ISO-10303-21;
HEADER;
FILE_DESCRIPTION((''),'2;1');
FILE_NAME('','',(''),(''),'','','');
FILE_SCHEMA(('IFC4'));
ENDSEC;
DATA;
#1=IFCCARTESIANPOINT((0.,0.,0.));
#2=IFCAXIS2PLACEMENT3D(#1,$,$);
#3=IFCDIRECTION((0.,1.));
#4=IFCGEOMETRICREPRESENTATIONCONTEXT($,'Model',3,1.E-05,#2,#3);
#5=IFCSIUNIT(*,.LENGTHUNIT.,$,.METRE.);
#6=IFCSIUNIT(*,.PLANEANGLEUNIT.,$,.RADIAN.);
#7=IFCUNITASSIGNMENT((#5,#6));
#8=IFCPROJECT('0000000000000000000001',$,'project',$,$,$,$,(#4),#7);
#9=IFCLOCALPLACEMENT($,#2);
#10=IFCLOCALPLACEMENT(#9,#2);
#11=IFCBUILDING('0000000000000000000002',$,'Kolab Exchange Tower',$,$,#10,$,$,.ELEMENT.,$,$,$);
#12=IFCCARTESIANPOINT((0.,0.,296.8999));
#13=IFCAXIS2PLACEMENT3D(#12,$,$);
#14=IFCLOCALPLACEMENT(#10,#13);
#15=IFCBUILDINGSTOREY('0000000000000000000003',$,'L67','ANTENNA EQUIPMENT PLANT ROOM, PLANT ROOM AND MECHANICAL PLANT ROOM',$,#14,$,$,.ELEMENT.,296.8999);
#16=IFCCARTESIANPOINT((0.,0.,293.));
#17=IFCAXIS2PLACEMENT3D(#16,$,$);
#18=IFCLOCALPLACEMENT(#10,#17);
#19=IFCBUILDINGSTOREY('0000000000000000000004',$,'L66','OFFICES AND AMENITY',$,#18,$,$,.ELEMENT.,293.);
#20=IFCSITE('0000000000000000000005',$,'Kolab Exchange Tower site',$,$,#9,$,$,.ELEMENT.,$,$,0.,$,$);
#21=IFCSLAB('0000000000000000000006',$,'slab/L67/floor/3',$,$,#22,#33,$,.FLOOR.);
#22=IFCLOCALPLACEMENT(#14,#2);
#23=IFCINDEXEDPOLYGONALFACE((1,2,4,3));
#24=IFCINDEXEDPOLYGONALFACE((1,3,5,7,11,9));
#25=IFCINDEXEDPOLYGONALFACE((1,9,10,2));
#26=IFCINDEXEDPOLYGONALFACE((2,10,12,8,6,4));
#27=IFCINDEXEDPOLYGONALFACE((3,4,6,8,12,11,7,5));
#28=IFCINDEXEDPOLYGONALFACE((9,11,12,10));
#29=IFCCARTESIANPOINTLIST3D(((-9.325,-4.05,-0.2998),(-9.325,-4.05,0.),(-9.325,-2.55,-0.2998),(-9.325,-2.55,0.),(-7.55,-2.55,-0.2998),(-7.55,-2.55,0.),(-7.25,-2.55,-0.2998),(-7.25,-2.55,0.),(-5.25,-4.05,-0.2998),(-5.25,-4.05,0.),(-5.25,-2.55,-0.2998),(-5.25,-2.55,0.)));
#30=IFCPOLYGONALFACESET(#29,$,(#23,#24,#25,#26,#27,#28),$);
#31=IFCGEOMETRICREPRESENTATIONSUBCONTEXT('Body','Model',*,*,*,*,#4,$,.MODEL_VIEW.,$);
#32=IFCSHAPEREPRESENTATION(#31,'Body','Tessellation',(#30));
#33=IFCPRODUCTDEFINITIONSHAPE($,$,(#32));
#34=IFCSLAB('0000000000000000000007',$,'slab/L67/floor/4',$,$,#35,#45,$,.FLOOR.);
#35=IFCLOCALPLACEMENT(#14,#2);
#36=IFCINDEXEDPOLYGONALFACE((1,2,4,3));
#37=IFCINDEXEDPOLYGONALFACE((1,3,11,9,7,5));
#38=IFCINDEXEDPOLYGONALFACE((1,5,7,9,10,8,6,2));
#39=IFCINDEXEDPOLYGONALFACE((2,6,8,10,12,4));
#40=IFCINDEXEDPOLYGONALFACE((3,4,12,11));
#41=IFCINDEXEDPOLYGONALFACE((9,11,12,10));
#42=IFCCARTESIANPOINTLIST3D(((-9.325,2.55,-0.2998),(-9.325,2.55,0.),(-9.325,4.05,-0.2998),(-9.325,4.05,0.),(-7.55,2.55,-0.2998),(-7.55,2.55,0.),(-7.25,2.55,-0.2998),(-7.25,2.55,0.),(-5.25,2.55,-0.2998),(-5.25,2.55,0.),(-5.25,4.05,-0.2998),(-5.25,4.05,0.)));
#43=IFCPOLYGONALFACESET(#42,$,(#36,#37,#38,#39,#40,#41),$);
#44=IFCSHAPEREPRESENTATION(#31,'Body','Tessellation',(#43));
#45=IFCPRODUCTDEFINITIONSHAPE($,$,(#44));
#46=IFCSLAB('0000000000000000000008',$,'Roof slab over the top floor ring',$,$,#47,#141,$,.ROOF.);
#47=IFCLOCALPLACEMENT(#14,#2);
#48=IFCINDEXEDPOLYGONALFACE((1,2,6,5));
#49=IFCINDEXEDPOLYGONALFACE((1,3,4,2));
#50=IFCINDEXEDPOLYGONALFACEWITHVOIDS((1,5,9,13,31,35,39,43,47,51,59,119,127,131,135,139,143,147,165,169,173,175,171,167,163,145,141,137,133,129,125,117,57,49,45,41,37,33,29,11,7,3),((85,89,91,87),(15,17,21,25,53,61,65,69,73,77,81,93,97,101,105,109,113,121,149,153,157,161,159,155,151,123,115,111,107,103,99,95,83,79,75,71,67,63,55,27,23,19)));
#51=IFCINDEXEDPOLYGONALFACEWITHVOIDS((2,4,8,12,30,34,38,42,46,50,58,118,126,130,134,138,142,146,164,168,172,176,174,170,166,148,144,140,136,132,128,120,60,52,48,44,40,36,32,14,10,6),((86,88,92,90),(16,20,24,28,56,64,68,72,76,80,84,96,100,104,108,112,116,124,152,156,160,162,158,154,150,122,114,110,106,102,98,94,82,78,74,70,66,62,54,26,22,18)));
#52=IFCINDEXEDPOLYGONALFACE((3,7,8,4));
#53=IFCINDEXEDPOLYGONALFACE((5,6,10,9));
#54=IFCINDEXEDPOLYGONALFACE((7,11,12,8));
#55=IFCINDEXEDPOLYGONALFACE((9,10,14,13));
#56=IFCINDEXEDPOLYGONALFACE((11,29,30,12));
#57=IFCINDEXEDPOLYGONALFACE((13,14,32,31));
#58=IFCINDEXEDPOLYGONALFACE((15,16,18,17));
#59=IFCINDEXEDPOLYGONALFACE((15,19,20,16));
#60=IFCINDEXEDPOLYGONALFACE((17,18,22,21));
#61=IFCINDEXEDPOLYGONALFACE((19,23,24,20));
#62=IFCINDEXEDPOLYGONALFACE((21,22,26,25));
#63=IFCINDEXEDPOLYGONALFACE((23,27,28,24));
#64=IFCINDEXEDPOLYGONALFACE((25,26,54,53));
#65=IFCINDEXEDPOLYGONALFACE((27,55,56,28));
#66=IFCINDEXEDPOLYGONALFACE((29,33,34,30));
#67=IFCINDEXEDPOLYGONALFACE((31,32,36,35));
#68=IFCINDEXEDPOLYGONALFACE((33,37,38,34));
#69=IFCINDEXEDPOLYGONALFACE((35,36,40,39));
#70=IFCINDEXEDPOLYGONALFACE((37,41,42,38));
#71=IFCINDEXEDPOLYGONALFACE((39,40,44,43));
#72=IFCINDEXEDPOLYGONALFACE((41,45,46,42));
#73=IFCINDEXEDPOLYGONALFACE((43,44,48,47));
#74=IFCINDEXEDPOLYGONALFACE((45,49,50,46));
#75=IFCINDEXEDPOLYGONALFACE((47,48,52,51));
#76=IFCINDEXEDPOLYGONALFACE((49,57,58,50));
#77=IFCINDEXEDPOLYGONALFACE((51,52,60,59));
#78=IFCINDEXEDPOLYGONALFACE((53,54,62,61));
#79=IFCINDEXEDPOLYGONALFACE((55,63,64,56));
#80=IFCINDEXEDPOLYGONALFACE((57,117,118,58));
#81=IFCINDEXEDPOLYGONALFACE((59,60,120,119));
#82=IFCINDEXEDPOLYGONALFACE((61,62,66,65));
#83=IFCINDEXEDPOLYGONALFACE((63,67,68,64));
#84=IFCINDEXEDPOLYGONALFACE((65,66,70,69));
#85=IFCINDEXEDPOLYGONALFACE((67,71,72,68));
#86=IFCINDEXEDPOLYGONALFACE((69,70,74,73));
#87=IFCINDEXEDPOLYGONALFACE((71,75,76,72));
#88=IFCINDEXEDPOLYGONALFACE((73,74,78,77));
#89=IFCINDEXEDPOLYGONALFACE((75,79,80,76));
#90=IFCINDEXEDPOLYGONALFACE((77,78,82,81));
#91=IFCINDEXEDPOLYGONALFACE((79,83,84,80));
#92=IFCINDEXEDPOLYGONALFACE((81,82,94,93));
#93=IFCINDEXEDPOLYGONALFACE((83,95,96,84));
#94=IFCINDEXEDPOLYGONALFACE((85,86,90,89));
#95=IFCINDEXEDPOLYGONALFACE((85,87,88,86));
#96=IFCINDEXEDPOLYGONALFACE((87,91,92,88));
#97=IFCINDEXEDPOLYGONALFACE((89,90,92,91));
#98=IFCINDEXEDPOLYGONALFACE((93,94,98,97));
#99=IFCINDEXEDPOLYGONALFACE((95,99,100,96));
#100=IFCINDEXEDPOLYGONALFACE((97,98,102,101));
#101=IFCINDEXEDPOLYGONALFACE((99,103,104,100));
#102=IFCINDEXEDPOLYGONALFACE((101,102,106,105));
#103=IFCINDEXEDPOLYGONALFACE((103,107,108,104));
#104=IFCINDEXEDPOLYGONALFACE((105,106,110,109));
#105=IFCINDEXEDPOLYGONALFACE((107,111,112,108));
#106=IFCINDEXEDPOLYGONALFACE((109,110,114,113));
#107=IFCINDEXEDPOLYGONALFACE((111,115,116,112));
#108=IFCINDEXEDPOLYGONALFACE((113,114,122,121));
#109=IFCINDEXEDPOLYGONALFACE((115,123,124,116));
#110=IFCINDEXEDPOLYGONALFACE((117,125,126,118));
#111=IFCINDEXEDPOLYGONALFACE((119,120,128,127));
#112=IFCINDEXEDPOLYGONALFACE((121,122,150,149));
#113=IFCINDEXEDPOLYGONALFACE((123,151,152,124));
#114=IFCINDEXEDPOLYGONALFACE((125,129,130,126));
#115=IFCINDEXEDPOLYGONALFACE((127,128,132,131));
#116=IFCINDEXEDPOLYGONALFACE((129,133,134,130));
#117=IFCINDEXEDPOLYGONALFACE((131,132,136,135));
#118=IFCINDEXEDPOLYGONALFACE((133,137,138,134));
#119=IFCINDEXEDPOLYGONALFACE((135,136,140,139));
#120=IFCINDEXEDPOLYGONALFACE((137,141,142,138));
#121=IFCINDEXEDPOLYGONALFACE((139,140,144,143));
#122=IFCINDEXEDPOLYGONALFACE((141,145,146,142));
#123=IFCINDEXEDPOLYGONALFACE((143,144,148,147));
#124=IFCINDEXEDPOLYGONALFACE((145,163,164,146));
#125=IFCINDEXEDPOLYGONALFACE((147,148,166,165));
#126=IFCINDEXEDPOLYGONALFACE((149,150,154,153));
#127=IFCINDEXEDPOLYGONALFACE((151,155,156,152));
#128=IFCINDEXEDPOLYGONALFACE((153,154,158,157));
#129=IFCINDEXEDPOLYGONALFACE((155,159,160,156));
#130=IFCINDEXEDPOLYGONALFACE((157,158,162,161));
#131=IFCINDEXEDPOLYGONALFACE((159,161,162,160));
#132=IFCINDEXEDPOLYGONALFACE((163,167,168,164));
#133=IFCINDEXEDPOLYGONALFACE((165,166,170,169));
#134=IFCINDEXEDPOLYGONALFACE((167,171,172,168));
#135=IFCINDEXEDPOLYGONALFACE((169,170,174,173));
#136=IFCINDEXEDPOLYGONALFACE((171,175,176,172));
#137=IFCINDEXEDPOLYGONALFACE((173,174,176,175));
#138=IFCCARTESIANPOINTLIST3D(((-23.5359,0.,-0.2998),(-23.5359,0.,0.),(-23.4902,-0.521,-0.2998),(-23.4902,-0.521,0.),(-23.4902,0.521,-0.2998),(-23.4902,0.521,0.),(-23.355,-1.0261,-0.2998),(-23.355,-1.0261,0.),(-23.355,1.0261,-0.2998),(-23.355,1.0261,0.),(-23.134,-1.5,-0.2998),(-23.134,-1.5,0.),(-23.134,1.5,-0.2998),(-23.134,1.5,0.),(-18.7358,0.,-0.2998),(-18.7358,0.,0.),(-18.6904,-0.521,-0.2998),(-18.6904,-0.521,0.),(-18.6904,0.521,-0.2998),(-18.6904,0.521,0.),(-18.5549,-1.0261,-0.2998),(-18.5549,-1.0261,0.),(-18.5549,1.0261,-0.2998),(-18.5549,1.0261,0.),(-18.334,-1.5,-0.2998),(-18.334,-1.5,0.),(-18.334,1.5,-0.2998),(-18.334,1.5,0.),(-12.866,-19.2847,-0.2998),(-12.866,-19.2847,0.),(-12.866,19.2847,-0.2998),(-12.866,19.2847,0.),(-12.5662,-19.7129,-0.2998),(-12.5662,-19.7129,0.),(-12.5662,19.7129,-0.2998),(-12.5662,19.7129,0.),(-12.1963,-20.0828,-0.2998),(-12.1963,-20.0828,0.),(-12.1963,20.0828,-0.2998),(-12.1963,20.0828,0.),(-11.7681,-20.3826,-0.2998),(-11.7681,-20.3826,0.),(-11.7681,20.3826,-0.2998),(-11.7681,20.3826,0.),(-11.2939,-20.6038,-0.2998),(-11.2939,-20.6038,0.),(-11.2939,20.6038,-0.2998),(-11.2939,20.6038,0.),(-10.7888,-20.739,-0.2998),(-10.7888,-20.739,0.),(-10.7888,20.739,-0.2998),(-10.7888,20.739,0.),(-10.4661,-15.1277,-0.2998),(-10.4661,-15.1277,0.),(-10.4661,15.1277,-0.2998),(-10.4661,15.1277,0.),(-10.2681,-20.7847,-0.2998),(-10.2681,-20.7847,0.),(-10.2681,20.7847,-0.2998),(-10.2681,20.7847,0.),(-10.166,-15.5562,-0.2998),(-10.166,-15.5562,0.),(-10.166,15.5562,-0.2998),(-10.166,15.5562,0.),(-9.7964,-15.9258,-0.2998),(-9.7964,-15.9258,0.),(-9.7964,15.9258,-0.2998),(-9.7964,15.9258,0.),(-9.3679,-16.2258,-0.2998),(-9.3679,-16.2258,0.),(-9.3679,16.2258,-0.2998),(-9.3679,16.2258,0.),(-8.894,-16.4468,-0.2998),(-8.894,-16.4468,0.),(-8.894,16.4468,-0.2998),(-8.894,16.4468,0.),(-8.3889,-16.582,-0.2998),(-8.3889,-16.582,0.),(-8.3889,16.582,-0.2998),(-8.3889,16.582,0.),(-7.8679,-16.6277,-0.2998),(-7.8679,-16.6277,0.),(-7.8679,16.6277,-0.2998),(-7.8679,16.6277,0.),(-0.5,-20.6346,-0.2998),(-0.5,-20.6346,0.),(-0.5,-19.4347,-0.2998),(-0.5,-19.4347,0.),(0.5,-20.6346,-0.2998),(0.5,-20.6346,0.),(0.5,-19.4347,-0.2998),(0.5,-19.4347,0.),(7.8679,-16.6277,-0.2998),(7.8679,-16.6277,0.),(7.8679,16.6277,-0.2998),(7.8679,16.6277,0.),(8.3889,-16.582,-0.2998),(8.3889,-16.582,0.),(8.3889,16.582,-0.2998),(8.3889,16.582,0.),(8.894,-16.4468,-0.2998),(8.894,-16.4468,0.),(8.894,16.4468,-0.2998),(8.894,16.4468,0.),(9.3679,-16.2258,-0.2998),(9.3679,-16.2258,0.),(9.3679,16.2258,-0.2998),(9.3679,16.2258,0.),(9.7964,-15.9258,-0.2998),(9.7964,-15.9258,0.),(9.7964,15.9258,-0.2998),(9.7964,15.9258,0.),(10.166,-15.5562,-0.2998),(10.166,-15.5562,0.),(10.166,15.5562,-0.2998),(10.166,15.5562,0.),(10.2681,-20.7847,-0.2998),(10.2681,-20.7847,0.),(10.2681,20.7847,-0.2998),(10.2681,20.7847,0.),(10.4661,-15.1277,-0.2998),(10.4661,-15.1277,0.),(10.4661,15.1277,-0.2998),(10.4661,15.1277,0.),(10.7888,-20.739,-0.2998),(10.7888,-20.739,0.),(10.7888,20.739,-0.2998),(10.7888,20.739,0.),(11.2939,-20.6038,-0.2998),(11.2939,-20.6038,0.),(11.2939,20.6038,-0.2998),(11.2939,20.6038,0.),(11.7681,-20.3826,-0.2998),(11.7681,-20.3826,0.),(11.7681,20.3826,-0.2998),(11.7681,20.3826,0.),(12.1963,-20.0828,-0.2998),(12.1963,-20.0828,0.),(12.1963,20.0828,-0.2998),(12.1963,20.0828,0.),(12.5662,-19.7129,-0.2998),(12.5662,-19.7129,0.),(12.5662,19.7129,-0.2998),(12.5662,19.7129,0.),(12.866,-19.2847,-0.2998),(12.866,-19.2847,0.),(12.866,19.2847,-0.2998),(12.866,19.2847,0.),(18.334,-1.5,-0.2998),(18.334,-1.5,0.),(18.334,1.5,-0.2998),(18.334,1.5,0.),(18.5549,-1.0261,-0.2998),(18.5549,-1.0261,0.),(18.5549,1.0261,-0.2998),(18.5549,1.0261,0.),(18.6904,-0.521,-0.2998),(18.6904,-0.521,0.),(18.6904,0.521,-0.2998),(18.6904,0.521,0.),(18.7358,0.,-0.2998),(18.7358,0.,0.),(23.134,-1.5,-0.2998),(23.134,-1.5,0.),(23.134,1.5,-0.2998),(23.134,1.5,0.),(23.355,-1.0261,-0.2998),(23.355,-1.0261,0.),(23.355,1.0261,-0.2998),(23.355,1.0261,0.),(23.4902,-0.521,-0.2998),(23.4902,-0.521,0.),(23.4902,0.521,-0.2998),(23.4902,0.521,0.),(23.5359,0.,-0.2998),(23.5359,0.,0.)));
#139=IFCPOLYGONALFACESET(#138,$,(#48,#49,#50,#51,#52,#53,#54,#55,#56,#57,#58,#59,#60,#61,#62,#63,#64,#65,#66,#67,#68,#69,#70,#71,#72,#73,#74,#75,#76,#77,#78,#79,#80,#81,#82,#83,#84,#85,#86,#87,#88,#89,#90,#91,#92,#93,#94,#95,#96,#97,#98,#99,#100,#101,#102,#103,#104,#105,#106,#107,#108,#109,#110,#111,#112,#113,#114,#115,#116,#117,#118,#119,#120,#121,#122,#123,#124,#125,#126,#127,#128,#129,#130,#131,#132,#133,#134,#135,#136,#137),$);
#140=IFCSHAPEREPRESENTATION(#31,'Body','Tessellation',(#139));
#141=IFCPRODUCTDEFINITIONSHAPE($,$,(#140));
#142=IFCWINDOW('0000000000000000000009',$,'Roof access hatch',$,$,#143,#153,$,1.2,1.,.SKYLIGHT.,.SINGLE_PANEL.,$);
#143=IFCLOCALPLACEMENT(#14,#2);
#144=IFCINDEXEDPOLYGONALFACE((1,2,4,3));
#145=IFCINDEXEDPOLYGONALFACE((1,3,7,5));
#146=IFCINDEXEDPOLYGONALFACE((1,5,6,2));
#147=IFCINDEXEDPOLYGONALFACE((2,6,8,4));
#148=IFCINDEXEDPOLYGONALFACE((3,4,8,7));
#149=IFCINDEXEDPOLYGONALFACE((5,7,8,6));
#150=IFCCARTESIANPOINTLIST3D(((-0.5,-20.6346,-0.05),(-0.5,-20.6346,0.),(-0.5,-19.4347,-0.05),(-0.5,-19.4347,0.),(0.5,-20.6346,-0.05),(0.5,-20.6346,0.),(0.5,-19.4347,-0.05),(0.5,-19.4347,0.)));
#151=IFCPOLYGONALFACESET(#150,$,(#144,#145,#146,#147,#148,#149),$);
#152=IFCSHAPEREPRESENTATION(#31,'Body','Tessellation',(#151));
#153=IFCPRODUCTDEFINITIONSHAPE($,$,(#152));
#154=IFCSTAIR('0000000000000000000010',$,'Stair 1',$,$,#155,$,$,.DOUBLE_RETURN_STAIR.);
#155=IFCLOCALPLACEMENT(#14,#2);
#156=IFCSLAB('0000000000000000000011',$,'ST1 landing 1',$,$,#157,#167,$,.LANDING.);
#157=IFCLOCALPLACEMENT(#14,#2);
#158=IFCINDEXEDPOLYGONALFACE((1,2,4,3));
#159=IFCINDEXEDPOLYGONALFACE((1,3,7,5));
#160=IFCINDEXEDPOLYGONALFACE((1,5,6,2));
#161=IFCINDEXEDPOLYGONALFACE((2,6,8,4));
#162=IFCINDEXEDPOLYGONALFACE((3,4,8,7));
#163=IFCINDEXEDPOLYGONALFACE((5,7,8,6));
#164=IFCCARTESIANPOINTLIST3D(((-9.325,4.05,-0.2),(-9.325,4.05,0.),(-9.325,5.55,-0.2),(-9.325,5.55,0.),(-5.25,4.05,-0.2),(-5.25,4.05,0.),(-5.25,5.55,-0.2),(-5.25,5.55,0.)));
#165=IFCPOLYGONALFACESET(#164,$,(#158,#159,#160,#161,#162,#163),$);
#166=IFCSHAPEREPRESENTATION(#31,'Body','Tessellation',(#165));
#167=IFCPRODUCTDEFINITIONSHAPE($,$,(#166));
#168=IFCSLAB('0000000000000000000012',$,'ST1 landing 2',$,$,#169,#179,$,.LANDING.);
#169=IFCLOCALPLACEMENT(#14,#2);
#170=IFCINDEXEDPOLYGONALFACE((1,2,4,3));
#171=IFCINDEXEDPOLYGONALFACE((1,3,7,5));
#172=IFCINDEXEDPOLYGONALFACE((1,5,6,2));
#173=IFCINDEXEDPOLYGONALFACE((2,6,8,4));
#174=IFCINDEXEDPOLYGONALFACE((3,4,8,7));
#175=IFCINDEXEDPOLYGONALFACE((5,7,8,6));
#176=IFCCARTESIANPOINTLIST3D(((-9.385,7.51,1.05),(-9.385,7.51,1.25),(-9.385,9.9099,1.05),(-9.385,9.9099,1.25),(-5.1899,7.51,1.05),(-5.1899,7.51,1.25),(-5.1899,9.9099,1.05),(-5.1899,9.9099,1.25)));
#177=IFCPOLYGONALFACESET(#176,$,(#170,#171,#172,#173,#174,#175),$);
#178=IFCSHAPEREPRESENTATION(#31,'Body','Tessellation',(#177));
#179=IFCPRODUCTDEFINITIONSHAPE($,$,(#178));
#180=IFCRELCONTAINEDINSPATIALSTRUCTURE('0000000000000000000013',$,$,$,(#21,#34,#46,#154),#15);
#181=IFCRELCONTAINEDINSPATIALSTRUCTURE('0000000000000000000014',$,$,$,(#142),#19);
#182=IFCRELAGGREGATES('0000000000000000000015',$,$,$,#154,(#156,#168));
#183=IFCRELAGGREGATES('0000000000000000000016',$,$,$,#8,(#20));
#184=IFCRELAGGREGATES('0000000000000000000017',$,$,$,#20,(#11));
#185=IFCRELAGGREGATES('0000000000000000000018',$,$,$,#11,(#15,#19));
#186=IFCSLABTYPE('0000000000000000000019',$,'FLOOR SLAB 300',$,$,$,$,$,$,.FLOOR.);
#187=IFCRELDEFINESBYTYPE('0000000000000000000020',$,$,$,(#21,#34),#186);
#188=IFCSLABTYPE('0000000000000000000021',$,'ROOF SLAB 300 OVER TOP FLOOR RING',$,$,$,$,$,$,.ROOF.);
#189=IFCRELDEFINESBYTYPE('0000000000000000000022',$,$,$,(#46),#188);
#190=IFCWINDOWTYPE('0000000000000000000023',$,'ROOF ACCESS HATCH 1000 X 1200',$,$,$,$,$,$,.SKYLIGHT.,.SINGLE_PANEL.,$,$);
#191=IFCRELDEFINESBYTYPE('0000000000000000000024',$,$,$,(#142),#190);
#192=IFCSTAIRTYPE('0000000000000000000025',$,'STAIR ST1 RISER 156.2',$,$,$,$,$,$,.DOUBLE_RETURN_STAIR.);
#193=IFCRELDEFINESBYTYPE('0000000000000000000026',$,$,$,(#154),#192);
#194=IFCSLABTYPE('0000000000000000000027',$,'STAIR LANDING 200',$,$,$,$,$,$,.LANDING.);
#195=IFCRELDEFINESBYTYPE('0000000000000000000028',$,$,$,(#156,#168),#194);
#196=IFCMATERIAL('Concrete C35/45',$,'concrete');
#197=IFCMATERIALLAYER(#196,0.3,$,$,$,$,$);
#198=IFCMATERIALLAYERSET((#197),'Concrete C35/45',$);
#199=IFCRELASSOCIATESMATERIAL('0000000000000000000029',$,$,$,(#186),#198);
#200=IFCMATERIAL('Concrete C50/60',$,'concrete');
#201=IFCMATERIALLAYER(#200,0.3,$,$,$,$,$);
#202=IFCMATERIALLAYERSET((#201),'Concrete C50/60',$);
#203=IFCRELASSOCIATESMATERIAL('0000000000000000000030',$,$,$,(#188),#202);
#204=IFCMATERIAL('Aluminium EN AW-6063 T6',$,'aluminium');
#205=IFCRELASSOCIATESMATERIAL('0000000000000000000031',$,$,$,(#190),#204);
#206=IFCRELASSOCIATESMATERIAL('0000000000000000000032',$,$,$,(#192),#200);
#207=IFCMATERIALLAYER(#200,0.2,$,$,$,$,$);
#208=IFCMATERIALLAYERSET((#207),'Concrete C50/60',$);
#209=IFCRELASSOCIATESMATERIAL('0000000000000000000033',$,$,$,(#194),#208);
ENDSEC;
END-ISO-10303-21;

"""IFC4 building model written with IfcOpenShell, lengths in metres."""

from ifc_helpers import new_model, si_unit, direction, frame, origin, origin_2d, place, context, subcontext, project, spatial, polyline, rectangle, outline, extrude, material, layer, layer_set, type_object, element, fill, aggregate, save


model = new_model("IFC4")

# Units and contexts
model_context = context("Model", 3, precision=1e-05, world=origin(), true_north=direction((0.0, 1.0)))
body_context = subcontext(model_context, "Body", "Model", "MODEL_VIEW")
ifc_project = project(units=[si_unit("LENGTHUNIT", "METRE"), si_unit("PLANEANGLEUNIT", "RADIAN")], contexts=[model_context])

# Site, building, storey
site_placement = place(None, origin())
site = spatial("IfcSite", under=ifc_project, at=site_placement, Name="Kolab Exchange Tower site", CompositionType="ELEMENT", RefElevation=0.0)
building_placement = place(site_placement, origin())
building = spatial("IfcBuilding", under=site, at=building_placement, Name="Kolab Exchange Tower", CompositionType="ELEMENT")
storey_1_placement = place(building_placement, frame((0.0, 0.0, 296.8999)))
storey_1 = spatial("IfcBuildingStorey", under=building, at=storey_1_placement, Name="L67", Description="ANTENNA EQUIPMENT PLANT ROOM, PLANT ROOM AND MECHANICAL PLANT ROOM", CompositionType="ELEMENT", Elevation=296.8999)

# Slabs
ifc_material_1 = material(Name="Concrete C35/45", Category="concrete")
ifc_layer_1 = layer(ifc_material_1, 0.3)
ifc_layer_set_1 = layer_set([ifc_layer_1], Name="Concrete C35/45")
slab_type_1 = type_object("IfcSlabType", Name="FLOOR SLAB 300", PredefinedType="FLOOR", material=ifc_layer_set_1)
slab_1_placement = place(storey_1_placement, frame((0.0, 0.0, -0.2998)))
element("IfcSlab", 1, at=slab_1_placement, inside=storey_1, type_object=slab_type_1, Name="slab/L67/floor/3", PredefinedType="FLOOR", context=body_context, shape_type="SweptSolid", body=[
    extrude(outline(polyline([(-7.55, -2.55), (-9.325, -2.55), (-9.325, -4.05), (-5.25, -4.05), (-5.25, -2.55), (-7.25, -2.55), (-7.55, -2.55)])), origin(), (0.0, 0.0, 1.0), 0.2998),
])
slab_2_placement = place(storey_1_placement, frame((0.0, 0.0, -0.2998)))
element("IfcSlab", 2, at=slab_2_placement, inside=storey_1, type_object=slab_type_1, Name="slab/L67/floor/4", PredefinedType="FLOOR", context=body_context, shape_type="SweptSolid", body=[
    extrude(outline(polyline([(-9.325, 4.05), (-9.325, 2.55), (-7.55, 2.55), (-7.25, 2.55), (-5.25, 2.55), (-5.25, 4.05), (-9.325, 4.05)])), origin(), (0.0, 0.0, 1.0), 0.2998),
])

# Slab, opening
ifc_material_2 = material(Name="Concrete C50/60", Category="concrete")
ifc_layer_2 = layer(ifc_material_2, 0.3)
ifc_layer_set_2 = layer_set([ifc_layer_2], Name="Concrete C50/60")
slab_type_2 = type_object("IfcSlabType", Name="ROOF SLAB 300 OVER TOP FLOOR RING", PredefinedType="ROOF", material=ifc_layer_set_2)
slab_3_placement = place(storey_1_placement, frame((0.0, 0.0, -0.2998)))
slab_3 = element("IfcSlab", 3, at=slab_3_placement, inside=storey_1, type_object=slab_type_2, Name="Roof slab over the top floor ring", PredefinedType="ROOF", context=body_context, shape_type="SweptSolid", body=[
    extrude(outline(polyline([(12.866, -19.2847), (12.5662, -19.7129), (12.1963, -20.0828), (11.7681, -20.3826), (11.2939, -20.6038), (10.7888, -20.739), (10.2681, -20.7847), (-10.2681, -20.7847), (-10.7888, -20.739), (-11.2939, -20.6038), (-11.7681, -20.3826), (-12.1963, -20.0828), (-12.5662, -19.7129), (-12.866, -19.2847), (-23.134, -1.5), (-23.355, -1.0261), (-23.4902, -0.521), (-23.5359, 0.0), (-23.4902, 0.521), (-23.355, 1.0261), (-23.134, 1.5), (-12.866, 19.2847), (-12.5662, 19.7129), (-12.1963, 20.0828), (-11.7681, 20.3826), (-11.2939, 20.6038), (-10.7888, 20.739), (-10.2681, 20.7847), (10.2681, 20.7847), (10.7888, 20.739), (11.2939, 20.6038), (11.7681, 20.3826), (12.1963, 20.0828), (12.5662, 19.7129), (12.866, 19.2847), (23.134, 1.5), (23.355, 1.0261), (23.4902, 0.521), (23.5359, 0.0), (23.4902, -0.521), (23.355, -1.0261), (23.134, -1.5), (12.866, -19.2847)]), holes=[polyline([(18.5549, -1.0261), (18.6904, -0.521), (18.7358, 0.0), (18.6904, 0.521), (18.5549, 1.0261), (18.334, 1.5), (10.4661, 15.1277), (10.166, 15.5562), (9.7964, 15.9258), (9.3679, 16.2258), (8.894, 16.4468), (8.3889, 16.582), (7.8679, 16.6277), (-7.8679, 16.6277), (-8.3889, 16.582), (-8.894, 16.4468), (-9.3679, 16.2258), (-9.7964, 15.9258), (-10.166, 15.5562), (-10.4661, 15.1277), (-18.334, 1.5), (-18.5549, 1.0261), (-18.6904, 0.521), (-18.7358, 0.0), (-18.6904, -0.521), (-18.5549, -1.0261), (-18.334, -1.5), (-10.4661, -15.1277), (-10.166, -15.5562), (-9.7964, -15.9258), (-9.3679, -16.2258), (-8.894, -16.4468), (-8.3889, -16.582), (-7.8679, -16.6277), (7.8679, -16.6277), (8.3889, -16.582), (8.894, -16.4468), (9.3679, -16.2258), (9.7964, -15.9258), (10.166, -15.5562), (10.4661, -15.1277), (18.334, -1.5), (18.5549, -1.0261)])]), origin(), (0.0, 0.0, 1.0), 0.2998),
])
opening_placement = place(slab_3_placement, frame((0.0, -20.0347, 0.0)))
opening = element("IfcOpeningElement", 4, at=opening_placement, cuts=slab_3, PredefinedType="OPENING", context=body_context, shape_type="SweptSolid", body=[
    extrude(rectangle(XDim=1.0, YDim=1.2, at=origin_2d()), origin(), (0.0, 0.0, 1.0), 0.2998),
])

# Shared definitions
storey_2_placement = place(building_placement, frame((0.0, 0.0, 293.0)))
storey_2 = spatial("IfcBuildingStorey", under=building, at=storey_2_placement, Name="L66", Description="OFFICES AND AMENITY", CompositionType="ELEMENT", Elevation=293.0)

# Window
ifc_material_3 = material(Name="Aluminium EN AW-6063 T6", Category="aluminium")
window_type = type_object("IfcWindowType", Name="ROOF ACCESS HATCH 1000 X 1200", PartitioningType="SINGLE_PANEL", PredefinedType="SKYLIGHT", material=ifc_material_3)
window_placement = place(opening_placement, frame((0.0, 0.0, 0.2498)))
window = element("IfcWindow", 5, at=window_placement, inside=storey_2, type_object=window_type, Name="Roof access hatch", OverallHeight=1.2, OverallWidth=1.0, PartitioningType="SINGLE_PANEL", PredefinedType="SKYLIGHT", context=body_context, shape_type="SweptSolid", body=[
    extrude(rectangle(XDim=1.0, YDim=1.2, at=origin_2d()), origin(), (0.0, 0.0, 1.0), 0.05),
])
fill(opening, window)

# Stair, slabs
stair_type_1 = type_object("IfcStairType", Name="STAIR ST1 RISER 156.2", PredefinedType="DOUBLE_RETURN_STAIR", material=ifc_material_2)
stair_1_placement = place(storey_1_placement, origin())
stair_1 = element("IfcStair", 6, at=stair_1_placement, inside=storey_1, type_object=stair_type_1, Name="Stair 1", PredefinedType="DOUBLE_RETURN_STAIR")
ifc_layer_3 = layer(ifc_material_2, 0.2)
ifc_layer_set_3 = layer_set([ifc_layer_3], Name="Concrete C50/60")
slab_type_3 = type_object("IfcSlabType", Name="STAIR LANDING 200", PredefinedType="LANDING", material=ifc_layer_set_3)
slab_4_placement = place(storey_1_placement, frame((0.0, 0.0, -0.2)))
slab_4 = element("IfcSlab", 7, at=slab_4_placement, type_object=slab_type_3, Name="ST1 landing 1", PredefinedType="LANDING", context=body_context, shape_type="SweptSolid", body=[
    extrude(outline(polyline([(-9.325, 4.05), (-5.25, 4.05), (-5.25, 5.55), (-9.325, 5.55), (-9.325, 4.05)])), origin(), (0.0, 0.0, 1.0), 0.2),
])
slab_5_placement = place(storey_1_placement, frame((0.0, 0.0, 1.05)))
slab_5 = element("IfcSlab", 8, at=slab_5_placement, type_object=slab_type_3, Name="ST1 landing 2", PredefinedType="LANDING", context=body_context, shape_type="SweptSolid", body=[
    extrude(outline(polyline([(-9.385, 7.51), (-5.1899, 7.51), (-5.1899, 9.9099), (-9.385, 9.9099), (-9.385, 7.51)])), origin(), (0.0, 0.0, 1.0), 0.2),
])
aggregate(stair_1, [slab_4, slab_5])

save(model, "model.ifc")
